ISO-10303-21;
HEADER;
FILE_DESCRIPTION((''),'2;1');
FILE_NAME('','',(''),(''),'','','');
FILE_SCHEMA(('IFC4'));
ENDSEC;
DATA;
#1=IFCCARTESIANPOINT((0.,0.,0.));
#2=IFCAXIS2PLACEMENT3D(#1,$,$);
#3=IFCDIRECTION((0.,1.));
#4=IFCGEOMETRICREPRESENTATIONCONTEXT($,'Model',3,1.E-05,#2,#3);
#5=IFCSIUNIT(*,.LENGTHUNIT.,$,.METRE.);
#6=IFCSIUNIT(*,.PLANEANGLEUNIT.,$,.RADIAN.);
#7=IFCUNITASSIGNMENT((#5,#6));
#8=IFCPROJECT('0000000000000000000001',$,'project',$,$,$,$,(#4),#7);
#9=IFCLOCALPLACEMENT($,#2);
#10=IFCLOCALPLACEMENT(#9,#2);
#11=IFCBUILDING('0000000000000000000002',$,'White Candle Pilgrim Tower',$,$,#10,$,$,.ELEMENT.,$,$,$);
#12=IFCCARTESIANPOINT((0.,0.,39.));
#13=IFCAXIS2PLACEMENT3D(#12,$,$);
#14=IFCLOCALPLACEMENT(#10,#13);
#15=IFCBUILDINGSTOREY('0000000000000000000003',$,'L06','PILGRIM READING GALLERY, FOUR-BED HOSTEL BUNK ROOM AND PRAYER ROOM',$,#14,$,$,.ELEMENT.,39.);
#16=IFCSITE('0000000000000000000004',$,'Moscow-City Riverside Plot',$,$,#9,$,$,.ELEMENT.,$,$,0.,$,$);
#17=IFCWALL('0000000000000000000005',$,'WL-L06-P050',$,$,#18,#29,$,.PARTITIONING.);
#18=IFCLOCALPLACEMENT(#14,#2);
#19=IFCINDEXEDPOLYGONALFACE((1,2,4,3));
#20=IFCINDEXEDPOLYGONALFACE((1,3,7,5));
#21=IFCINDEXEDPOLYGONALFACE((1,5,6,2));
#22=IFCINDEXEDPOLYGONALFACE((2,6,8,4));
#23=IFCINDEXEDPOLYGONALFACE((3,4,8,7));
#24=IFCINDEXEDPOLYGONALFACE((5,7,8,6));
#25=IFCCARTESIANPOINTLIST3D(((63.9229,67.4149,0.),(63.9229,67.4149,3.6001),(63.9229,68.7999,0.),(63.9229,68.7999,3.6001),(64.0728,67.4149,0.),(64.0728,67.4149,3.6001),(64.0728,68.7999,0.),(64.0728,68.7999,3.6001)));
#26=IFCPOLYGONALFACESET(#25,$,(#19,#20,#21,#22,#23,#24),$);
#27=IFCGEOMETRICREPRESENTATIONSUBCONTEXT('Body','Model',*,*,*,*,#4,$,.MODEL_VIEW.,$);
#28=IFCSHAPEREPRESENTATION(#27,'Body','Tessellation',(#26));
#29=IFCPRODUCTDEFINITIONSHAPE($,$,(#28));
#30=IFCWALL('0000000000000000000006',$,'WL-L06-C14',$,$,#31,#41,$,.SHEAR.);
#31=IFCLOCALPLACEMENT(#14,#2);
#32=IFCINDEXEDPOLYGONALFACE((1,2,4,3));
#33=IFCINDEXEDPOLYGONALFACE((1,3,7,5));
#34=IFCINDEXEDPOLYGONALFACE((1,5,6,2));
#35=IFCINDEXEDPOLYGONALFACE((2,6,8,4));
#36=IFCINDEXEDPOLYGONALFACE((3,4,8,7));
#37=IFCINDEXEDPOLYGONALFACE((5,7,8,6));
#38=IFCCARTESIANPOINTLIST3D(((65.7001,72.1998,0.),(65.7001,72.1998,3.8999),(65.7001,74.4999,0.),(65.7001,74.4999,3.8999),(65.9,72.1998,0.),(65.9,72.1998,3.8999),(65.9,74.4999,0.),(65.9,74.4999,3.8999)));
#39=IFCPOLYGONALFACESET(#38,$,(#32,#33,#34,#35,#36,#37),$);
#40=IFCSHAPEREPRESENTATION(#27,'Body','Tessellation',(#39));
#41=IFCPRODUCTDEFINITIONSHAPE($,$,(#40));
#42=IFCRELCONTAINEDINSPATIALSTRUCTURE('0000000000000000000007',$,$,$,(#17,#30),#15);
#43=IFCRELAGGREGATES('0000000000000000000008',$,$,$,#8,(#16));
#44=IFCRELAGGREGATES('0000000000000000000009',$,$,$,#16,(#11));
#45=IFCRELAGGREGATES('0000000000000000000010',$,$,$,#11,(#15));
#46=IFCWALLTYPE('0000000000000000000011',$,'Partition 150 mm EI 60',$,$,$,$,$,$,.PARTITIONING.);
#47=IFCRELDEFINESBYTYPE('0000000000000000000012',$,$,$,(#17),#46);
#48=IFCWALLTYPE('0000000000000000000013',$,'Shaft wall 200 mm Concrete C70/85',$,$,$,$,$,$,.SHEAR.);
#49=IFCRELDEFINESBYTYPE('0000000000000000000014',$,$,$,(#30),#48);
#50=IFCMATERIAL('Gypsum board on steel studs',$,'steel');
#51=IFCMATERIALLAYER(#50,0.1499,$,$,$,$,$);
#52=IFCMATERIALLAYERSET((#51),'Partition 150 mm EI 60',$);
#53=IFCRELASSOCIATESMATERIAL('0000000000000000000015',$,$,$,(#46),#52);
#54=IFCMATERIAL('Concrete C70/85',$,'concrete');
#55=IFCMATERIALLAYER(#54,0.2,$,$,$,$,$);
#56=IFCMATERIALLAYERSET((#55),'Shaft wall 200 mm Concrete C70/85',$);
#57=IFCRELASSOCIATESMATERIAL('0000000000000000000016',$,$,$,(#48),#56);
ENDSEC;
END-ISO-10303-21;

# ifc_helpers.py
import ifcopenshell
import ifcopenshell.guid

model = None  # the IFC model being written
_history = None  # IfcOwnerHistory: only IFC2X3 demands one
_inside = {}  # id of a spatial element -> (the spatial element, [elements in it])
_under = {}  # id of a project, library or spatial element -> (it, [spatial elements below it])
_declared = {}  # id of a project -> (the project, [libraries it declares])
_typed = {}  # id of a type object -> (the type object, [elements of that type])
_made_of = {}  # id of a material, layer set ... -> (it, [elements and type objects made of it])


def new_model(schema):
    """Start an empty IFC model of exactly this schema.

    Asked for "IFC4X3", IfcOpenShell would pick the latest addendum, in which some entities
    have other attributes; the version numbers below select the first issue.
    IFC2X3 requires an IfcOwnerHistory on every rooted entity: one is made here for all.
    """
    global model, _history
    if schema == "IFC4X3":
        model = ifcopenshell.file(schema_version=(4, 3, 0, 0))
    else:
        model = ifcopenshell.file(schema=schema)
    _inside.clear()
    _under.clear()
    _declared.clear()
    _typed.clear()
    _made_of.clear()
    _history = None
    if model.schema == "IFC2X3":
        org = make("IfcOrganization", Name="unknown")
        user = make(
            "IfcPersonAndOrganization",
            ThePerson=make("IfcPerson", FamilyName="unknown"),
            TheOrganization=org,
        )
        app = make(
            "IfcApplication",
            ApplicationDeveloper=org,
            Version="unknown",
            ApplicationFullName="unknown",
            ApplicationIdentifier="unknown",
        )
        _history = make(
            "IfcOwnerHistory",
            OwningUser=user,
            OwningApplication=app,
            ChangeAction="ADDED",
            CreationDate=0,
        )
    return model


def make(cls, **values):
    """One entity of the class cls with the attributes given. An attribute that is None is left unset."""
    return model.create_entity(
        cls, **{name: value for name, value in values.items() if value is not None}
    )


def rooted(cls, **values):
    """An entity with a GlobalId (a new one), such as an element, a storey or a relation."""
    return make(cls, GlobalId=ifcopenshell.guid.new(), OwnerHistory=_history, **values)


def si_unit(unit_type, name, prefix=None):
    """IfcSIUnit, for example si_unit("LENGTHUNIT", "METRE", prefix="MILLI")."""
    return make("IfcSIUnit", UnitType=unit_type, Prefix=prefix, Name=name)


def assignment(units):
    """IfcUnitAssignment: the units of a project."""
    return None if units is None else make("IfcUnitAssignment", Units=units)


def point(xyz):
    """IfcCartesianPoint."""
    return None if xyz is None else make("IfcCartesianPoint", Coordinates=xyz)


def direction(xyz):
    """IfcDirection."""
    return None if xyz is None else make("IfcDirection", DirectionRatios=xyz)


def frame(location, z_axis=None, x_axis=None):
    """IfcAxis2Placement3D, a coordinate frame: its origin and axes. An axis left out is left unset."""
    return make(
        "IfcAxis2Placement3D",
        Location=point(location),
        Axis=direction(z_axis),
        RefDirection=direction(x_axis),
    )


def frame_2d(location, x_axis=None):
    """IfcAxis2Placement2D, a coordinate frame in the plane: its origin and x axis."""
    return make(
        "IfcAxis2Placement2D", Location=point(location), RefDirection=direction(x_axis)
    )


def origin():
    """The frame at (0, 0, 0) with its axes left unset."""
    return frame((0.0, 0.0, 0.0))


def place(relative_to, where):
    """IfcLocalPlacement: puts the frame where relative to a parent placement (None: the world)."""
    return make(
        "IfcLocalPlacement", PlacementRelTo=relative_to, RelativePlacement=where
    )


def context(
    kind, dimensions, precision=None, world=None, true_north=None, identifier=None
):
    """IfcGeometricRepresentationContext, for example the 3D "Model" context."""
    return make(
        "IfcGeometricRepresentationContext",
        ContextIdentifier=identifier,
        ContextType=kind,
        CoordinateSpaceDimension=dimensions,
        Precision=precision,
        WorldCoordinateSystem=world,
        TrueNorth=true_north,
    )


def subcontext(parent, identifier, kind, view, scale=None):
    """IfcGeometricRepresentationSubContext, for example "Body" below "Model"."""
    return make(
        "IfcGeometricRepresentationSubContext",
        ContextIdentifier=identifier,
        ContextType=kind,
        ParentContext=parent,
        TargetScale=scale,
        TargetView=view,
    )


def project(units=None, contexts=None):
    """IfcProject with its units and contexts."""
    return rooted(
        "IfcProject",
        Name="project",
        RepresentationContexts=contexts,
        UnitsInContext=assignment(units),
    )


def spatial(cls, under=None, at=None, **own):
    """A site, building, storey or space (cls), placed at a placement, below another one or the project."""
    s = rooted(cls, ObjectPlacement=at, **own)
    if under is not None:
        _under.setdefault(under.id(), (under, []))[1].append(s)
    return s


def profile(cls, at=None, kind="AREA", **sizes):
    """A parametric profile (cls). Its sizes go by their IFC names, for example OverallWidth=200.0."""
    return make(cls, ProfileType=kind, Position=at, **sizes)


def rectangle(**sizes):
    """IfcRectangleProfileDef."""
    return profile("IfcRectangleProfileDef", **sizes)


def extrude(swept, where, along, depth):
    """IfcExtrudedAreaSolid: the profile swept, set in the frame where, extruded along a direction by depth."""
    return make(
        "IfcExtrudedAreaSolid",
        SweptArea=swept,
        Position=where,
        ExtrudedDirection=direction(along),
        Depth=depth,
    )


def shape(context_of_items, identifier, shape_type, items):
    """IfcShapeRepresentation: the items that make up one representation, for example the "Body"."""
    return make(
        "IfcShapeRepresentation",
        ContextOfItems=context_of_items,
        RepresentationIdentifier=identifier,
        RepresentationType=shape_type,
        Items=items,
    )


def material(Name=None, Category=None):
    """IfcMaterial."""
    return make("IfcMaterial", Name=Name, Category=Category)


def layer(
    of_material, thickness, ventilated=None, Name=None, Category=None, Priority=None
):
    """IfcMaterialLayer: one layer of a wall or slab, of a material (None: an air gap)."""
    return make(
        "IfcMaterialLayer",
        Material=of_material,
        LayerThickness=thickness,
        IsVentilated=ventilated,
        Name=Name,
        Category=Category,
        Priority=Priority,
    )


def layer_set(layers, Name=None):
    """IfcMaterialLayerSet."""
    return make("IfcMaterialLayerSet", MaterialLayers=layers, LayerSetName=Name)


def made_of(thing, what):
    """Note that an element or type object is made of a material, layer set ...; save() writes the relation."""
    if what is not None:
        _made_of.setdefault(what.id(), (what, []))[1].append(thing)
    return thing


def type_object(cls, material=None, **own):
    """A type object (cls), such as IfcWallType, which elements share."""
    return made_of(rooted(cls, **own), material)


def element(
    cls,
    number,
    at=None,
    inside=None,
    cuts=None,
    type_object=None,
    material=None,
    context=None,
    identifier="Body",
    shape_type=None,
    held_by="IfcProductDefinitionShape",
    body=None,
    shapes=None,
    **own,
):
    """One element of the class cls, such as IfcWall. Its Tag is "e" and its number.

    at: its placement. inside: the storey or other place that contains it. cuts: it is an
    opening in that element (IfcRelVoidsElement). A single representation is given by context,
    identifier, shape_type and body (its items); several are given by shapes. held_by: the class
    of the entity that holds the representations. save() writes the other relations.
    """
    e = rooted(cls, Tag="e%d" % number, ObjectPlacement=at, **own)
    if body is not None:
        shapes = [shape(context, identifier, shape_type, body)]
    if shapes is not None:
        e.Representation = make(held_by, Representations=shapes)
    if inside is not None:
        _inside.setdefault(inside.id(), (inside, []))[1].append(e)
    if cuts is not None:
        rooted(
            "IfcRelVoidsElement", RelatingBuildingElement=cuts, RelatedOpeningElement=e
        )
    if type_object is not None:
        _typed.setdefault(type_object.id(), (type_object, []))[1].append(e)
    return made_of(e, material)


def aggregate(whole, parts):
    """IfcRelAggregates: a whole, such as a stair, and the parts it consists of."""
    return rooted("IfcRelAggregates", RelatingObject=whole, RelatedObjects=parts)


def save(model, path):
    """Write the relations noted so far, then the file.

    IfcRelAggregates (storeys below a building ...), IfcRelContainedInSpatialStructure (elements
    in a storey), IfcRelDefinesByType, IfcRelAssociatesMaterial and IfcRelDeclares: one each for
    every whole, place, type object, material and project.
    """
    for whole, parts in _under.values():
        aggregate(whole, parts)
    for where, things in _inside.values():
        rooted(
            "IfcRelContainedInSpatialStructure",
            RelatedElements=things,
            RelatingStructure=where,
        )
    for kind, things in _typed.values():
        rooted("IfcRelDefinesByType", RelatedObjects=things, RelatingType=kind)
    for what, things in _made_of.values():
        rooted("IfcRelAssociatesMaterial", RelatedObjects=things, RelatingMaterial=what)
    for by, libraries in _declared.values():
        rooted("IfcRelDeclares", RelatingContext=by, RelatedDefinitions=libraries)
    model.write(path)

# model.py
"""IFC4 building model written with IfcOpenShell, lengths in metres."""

from ifc_helpers import new_model, si_unit, direction, frame, frame_2d, origin, place, context, subcontext, project, spatial, rectangle, extrude, material, layer, layer_set, type_object, element, save


model = new_model("IFC4")

# Units and contexts
model_context = context("Model", 3, precision=1e-05, world=origin(), true_north=direction((0.0, 1.0)))
body_context = subcontext(model_context, "Body", "Model", "MODEL_VIEW")
ifc_project = project(units=[si_unit("LENGTHUNIT", "METRE"), si_unit("PLANEANGLEUNIT", "RADIAN")], contexts=[model_context])

# Site, building, storey
site_placement = place(None, origin())
site = spatial("IfcSite", under=ifc_project, at=site_placement, Name="Moscow-City Riverside Plot", CompositionType="ELEMENT", RefElevation=0.0)
building_placement = place(site_placement, origin())
building = spatial("IfcBuilding", under=site, at=building_placement, Name="White Candle Pilgrim Tower", CompositionType="ELEMENT")
storey_placement = place(building_placement, frame((0.0, 0.0, 39.0)))
storey = spatial("IfcBuildingStorey", under=building, at=storey_placement, Name="L06", Description="PILGRIM READING GALLERY, FOUR-BED HOSTEL BUNK ROOM AND PRAYER ROOM", CompositionType="ELEMENT", Elevation=39.0)

# Shared definitions
ifc_material_1 = material(Name="Gypsum board on steel studs", Category="steel")

# Walls
ifc_layer_1 = layer(ifc_material_1, 0.1499)
ifc_layer_set_1 = layer_set([ifc_layer_1], Name="Partition 150 mm EI 60")
wall_type_1 = type_object("IfcWallType", Name="Partition 150 mm EI 60", PredefinedType="PARTITIONING", material=ifc_layer_set_1)
wall_1_placement = place(storey_placement, frame((63.9978, 67.415, 0.0), z_axis=(0.0, 0.0, 1.0), x_axis=(0.0, 1.0, 0.0)))
element("IfcWall", 1, at=wall_1_placement, inside=storey, type_object=wall_type_1, Name="WL-L06-P050", PredefinedType="PARTITIONING", context=body_context, shape_type="SweptSolid", body=[
    extrude(rectangle(XDim=1.385, YDim=0.1499, at=frame_2d((0.6924, 0.0))), origin(), (0.0, 0.0, 1.0), 3.6001),
])
ifc_material_2 = material(Name="Concrete C70/85", Category="concrete")
ifc_layer_2 = layer(ifc_material_2, 0.2)
ifc_layer_set_2 = layer_set([ifc_layer_2], Name="Shaft wall 200 mm Concrete C70/85")
wall_type_2 = type_object("IfcWallType", Name="Shaft wall 200 mm Concrete C70/85", PredefinedType="SHEAR", material=ifc_layer_set_2)
wall_2_placement = place(storey_placement, frame((65.8, 72.2, 0.0), z_axis=(0.0, 0.0, 1.0), x_axis=(0.0, 1.0, 0.0)))
element("IfcWall", 2, at=wall_2_placement, inside=storey, type_object=wall_type_2, Name="WL-L06-C14", PredefinedType="SHEAR", context=body_context, shape_type="SweptSolid", body=[
    extrude(rectangle(XDim=2.3, YDim=0.2, at=frame_2d((1.1499, 0.0))), origin(), (0.0, 0.0, 1.0), 3.8999),
])

save(model, "model.ifc")
